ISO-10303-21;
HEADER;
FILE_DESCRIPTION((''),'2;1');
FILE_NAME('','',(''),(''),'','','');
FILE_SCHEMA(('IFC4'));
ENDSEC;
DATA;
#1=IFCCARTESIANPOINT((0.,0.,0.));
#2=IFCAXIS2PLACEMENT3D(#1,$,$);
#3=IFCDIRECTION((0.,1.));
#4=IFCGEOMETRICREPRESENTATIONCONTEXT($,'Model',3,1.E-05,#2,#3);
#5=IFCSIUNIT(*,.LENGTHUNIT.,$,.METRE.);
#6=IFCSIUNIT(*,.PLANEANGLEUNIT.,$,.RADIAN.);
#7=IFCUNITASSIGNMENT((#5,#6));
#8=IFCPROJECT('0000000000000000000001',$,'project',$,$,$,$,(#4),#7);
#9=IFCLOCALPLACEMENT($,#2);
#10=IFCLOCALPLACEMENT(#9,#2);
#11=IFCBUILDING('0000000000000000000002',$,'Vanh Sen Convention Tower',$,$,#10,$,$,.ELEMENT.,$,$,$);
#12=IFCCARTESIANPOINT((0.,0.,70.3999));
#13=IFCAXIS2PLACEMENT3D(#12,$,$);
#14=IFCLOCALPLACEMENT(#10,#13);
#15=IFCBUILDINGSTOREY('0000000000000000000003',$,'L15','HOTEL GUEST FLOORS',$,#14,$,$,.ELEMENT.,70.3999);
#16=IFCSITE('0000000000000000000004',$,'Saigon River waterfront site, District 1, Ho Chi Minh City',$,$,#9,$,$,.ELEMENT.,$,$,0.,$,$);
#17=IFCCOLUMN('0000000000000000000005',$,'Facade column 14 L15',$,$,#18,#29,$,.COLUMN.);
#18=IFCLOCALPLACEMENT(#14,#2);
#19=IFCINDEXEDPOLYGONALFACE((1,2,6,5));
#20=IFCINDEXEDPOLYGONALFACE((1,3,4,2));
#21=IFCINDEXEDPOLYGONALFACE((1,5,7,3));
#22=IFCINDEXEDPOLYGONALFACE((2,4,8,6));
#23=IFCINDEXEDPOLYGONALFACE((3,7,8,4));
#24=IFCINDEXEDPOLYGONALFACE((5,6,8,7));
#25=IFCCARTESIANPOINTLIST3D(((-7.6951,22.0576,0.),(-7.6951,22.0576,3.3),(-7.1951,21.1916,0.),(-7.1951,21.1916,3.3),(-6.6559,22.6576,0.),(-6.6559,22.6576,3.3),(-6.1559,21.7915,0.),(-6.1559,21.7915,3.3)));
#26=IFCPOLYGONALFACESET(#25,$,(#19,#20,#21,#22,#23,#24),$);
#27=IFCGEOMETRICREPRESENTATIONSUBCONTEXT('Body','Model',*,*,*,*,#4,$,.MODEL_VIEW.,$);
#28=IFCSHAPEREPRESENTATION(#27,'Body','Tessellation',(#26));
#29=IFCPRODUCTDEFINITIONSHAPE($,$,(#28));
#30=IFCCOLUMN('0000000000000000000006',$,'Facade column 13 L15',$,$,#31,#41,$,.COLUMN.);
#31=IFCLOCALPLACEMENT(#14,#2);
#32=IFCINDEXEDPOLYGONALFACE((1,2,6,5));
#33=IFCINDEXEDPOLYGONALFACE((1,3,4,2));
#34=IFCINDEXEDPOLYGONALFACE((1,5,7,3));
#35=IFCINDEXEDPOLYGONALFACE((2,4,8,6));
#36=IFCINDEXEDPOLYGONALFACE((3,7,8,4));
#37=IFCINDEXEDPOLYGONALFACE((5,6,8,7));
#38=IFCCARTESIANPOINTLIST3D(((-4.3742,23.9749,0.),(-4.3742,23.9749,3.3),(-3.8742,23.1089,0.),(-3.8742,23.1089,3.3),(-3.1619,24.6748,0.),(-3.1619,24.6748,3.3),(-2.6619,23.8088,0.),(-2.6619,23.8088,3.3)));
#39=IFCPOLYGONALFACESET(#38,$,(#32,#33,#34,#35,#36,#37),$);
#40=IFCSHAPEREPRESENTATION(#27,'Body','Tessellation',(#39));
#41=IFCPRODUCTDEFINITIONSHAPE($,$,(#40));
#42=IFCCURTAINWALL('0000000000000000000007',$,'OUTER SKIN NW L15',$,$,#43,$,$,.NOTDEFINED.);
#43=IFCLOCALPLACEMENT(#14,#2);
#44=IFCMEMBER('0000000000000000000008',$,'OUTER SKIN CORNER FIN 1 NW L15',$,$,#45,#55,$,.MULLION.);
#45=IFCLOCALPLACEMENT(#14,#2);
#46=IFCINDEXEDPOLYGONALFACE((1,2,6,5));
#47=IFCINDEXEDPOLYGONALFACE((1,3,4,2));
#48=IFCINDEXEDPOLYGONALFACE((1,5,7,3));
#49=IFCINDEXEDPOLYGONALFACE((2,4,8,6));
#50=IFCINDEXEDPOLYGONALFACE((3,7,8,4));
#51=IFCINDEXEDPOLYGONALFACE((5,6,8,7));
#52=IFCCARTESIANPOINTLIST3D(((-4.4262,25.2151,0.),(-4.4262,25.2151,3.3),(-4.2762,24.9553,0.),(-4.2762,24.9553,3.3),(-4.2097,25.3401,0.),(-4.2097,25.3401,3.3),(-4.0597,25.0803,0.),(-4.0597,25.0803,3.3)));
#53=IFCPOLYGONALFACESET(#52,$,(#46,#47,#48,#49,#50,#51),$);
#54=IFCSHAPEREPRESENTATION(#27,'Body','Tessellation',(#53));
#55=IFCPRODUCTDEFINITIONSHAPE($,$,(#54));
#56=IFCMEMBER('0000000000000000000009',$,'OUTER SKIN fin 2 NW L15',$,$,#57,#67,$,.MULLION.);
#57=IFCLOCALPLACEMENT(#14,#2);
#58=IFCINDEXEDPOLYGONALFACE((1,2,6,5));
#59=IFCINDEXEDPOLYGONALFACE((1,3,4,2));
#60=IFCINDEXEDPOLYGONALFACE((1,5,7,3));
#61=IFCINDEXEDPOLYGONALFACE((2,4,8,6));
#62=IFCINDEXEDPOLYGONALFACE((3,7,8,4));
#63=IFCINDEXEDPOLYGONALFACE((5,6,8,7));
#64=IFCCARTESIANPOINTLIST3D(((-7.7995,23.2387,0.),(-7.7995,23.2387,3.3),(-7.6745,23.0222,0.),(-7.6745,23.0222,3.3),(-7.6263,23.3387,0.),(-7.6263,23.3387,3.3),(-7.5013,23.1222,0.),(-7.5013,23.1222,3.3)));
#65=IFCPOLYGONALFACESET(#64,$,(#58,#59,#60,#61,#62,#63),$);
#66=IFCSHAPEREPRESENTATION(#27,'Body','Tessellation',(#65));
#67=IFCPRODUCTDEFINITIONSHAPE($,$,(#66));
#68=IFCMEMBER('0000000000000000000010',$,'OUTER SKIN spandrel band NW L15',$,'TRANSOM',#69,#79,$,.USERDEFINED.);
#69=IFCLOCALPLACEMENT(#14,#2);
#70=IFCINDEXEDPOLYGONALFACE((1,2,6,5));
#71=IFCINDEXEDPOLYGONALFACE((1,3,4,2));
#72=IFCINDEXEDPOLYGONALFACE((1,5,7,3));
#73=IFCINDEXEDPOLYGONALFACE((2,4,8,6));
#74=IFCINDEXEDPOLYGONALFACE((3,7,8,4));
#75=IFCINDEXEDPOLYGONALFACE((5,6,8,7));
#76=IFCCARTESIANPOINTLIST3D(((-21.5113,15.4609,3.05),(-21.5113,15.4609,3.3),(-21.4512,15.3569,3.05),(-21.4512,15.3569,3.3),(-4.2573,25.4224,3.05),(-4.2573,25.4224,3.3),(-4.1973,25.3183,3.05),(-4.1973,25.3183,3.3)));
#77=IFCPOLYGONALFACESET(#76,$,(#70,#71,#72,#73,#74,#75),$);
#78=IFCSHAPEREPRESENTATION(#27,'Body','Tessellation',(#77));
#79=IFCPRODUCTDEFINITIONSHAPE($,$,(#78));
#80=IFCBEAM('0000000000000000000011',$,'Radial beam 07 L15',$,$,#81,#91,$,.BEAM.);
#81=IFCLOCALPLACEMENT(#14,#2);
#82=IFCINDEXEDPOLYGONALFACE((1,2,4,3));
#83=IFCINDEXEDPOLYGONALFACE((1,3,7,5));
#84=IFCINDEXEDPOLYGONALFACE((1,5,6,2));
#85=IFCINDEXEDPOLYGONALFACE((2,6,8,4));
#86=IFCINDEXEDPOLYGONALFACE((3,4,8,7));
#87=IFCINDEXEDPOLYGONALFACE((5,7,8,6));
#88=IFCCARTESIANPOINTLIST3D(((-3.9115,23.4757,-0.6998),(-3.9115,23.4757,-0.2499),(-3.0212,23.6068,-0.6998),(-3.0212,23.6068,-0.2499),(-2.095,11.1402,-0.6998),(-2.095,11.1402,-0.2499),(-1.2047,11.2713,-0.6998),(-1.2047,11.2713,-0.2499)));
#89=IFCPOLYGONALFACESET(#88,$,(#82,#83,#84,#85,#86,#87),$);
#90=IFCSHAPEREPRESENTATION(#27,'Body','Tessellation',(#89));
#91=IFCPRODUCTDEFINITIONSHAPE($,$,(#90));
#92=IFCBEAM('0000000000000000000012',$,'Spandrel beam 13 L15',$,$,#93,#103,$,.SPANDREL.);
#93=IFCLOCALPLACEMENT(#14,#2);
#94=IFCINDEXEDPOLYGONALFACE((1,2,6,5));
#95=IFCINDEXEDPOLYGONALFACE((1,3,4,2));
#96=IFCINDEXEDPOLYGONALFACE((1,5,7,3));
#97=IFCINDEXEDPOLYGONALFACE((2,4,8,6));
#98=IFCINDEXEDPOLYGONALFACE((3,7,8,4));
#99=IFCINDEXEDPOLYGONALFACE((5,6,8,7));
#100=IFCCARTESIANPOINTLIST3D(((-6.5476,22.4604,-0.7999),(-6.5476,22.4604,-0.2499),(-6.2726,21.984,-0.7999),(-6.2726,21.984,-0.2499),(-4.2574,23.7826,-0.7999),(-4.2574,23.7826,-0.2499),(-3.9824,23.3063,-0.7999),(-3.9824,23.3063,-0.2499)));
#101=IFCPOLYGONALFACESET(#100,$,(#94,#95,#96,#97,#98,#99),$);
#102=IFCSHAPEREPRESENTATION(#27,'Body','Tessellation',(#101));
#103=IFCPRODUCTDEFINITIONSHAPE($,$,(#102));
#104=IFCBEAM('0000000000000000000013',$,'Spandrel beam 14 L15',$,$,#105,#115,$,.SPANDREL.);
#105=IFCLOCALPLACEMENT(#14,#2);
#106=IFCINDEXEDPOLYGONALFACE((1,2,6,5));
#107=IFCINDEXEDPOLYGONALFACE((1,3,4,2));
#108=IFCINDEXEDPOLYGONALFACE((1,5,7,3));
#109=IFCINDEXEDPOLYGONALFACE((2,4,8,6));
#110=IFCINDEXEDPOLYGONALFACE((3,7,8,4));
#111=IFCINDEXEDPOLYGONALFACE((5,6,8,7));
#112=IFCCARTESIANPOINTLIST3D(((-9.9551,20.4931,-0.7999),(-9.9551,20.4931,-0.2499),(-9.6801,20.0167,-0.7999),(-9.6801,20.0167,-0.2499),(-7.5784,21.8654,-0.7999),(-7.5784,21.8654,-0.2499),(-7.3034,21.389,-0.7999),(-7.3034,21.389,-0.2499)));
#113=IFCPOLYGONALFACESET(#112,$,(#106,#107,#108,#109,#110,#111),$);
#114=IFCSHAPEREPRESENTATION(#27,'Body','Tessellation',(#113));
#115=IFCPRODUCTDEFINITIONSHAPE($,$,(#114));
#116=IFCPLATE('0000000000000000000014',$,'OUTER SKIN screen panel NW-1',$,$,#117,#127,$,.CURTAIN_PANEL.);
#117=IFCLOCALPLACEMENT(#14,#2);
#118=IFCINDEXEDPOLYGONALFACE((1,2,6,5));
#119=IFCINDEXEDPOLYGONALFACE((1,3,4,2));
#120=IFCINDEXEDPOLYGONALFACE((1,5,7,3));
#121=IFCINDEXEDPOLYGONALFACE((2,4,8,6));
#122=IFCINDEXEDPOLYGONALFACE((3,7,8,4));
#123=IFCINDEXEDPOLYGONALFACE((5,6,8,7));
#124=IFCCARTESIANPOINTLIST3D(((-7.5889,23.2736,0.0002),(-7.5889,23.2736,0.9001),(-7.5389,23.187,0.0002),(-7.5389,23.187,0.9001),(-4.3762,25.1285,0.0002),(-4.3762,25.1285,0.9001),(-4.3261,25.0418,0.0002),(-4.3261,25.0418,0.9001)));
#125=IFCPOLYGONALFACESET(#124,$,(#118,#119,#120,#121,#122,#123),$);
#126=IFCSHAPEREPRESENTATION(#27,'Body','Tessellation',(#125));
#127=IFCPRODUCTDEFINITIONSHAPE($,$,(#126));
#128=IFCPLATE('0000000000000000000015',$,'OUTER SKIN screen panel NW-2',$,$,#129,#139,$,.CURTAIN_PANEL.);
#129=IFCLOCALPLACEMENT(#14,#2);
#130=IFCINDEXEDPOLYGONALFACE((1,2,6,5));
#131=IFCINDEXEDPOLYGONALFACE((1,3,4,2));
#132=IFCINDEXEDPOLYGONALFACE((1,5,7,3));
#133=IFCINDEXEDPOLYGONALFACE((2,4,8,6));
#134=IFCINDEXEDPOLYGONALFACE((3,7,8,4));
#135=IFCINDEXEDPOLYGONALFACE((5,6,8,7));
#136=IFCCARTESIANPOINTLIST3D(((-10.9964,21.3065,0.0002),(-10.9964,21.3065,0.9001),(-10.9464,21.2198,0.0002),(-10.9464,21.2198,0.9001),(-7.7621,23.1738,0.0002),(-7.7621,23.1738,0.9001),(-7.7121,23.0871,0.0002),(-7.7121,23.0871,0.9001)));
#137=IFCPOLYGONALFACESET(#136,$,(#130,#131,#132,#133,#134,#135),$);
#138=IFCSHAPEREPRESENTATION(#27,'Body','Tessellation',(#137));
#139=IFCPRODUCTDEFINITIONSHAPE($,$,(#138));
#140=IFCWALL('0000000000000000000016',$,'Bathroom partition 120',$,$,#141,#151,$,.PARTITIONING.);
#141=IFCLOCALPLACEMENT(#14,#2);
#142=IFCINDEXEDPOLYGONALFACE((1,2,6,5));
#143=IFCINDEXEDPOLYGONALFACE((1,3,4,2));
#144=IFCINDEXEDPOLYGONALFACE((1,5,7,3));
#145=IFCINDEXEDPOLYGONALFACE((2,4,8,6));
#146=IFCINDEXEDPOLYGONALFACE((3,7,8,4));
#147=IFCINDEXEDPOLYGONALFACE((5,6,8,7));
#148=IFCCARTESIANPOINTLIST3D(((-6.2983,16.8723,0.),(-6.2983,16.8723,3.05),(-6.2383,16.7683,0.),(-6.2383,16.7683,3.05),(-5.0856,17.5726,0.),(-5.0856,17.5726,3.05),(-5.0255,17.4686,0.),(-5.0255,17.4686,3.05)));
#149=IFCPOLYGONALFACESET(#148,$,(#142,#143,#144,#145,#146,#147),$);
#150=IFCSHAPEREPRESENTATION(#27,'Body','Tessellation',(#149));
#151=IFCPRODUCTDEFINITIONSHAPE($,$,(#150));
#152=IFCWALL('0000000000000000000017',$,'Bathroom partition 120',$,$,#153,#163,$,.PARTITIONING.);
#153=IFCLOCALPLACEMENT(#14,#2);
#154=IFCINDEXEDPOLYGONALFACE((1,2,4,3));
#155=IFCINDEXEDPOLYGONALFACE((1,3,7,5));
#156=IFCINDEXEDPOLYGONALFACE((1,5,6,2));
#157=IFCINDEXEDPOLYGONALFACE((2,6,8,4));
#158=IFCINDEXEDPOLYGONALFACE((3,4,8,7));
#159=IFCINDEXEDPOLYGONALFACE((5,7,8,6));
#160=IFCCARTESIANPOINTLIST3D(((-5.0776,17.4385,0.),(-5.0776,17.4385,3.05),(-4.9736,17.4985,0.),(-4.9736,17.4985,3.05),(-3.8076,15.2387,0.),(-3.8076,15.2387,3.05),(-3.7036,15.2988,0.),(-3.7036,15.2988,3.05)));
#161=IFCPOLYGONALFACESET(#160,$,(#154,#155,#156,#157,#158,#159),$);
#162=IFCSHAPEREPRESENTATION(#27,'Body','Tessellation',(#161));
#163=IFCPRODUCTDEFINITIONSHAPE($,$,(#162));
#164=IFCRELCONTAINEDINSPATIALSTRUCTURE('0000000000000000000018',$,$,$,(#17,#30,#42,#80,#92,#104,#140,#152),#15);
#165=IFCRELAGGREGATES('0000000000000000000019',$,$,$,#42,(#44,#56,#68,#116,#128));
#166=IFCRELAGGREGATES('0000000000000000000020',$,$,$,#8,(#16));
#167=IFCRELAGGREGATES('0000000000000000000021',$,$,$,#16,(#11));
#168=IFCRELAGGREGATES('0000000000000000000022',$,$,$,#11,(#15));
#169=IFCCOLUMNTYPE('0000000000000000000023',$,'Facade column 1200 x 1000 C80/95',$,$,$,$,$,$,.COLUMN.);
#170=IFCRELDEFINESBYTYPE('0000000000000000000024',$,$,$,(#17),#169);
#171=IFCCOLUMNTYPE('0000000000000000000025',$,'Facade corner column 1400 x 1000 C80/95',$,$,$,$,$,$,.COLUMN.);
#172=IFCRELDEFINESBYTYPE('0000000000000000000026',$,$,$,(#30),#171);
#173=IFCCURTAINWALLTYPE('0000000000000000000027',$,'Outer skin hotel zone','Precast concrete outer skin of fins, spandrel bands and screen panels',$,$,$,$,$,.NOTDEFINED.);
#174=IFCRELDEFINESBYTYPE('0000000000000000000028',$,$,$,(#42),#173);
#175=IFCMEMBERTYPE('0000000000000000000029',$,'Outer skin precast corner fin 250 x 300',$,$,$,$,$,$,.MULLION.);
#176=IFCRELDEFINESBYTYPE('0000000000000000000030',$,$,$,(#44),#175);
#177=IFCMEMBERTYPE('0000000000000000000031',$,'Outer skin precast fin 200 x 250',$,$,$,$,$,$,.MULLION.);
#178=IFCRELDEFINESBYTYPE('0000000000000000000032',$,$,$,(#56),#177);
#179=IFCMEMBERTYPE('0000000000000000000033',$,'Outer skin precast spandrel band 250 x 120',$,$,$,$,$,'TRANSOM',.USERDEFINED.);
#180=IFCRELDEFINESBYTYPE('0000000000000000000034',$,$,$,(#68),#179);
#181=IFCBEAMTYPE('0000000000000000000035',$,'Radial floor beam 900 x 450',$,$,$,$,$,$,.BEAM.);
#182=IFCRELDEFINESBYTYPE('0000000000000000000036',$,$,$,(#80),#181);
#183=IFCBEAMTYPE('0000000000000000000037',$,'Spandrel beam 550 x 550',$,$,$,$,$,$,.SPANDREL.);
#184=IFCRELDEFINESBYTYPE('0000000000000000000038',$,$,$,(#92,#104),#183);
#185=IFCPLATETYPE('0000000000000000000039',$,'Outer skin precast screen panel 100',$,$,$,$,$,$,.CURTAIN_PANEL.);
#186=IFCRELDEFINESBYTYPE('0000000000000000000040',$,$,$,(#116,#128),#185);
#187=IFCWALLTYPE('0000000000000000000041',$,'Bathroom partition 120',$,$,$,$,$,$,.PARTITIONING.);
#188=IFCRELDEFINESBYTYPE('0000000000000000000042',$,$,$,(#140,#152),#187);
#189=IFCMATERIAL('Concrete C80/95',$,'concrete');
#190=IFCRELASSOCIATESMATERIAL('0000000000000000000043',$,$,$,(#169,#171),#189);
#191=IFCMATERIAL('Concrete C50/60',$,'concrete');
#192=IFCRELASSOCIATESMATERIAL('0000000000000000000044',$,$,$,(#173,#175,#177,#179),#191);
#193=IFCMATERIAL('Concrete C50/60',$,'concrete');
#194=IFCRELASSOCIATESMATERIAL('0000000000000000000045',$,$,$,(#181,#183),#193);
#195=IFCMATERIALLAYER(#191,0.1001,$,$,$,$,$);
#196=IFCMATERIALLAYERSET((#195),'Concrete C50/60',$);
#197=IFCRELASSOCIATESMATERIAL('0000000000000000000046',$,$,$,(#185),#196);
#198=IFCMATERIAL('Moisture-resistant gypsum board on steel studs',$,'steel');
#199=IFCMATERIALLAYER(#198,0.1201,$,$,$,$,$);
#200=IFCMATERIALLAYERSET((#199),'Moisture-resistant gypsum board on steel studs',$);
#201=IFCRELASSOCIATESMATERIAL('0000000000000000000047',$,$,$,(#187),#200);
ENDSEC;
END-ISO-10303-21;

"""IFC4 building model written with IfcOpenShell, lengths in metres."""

from ifc_helpers import new_model, si_unit, direction, frame, frame_2d, origin, origin_2d, place, context, subcontext, project, spatial, rectangle, extrude, material, layer, layer_set, material_profile, profile_set, type_object, element, aggregate, save


model = new_model("IFC4")

# Units and contexts
model_context = context("Model", 3, precision=1e-05, world=origin(), true_north=direction((0.0, 1.0)))
body_context = subcontext(model_context, "Body", "Model", "MODEL_VIEW")
ifc_project = project(units=[si_unit("LENGTHUNIT", "METRE"), si_unit("PLANEANGLEUNIT", "RADIAN")], contexts=[model_context])

# Site, building, storey
site_placement = place(None, origin())
site = spatial("IfcSite", under=ifc_project, at=site_placement, Name="Saigon River waterfront site, District 1, Ho Chi Minh City", CompositionType="ELEMENT", RefElevation=0.0)
building_placement = place(site_placement, origin())
building = spatial("IfcBuilding", under=site, at=building_placement, Name="Vanh Sen Convention Tower", CompositionType="ELEMENT")
storey_placement = place(building_placement, frame((0.0, 0.0, 70.3999)))
storey = spatial("IfcBuildingStorey", under=building, at=storey_placement, Name="L15", Description="HOTEL GUEST FLOORS", CompositionType="ELEMENT", Elevation=70.3999)

# Columns
ifc_material_1 = material(Name="Concrete C80/95", Category="concrete")
ifc_material_profile_1 = material_profile(ifc_material_1, rectangle(XDim=1.2, YDim=1.0, at=origin_2d()), Name="RC 1200X1000")
ifc_profile_set_1 = profile_set([ifc_material_profile_1], Name="Concrete C80/95")
column_type_1 = type_object("IfcColumnType", Name="Facade column 1200 x 1000 C80/95", PredefinedType="COLUMN", material=ifc_profile_set_1)
column_1_placement = place(storey_placement, frame((-6.9255, 21.9246, 0.0), z_axis=(0.0, 0.0, 1.0), x_axis=(-0.866025, -0.5, 0.0)))
element("IfcColumn", 1, at=column_1_placement, inside=storey, type_object=column_type_1, Name="Facade column 14 L15", PredefinedType="COLUMN", context=body_context, shape_type="SweptSolid", body=[
    extrude(rectangle(XDim=1.2, YDim=1.0, at=origin_2d()), origin(), (0.0, 0.0, 1.0), 3.3),
])
ifc_material_profile_2 = material_profile(ifc_material_1, rectangle(XDim=1.3999, YDim=1.0, at=origin_2d()), Name="RC 1400X1000")
ifc_profile_set_2 = profile_set([ifc_material_profile_2], Name="Concrete C80/95")
column_type_2 = type_object("IfcColumnType", Name="Facade corner column 1400 x 1000 C80/95", PredefinedType="COLUMN", material=ifc_profile_set_2)
column_2_placement = place(storey_placement, frame((-3.5181, 23.8918, 0.0), z_axis=(0.0, 0.0, 1.0), x_axis=(-0.866025, -0.5, 0.0)))
element("IfcColumn", 2, at=column_2_placement, inside=storey, type_object=column_type_2, Name="Facade column 13 L15", PredefinedType="COLUMN", context=body_context, shape_type="SweptSolid", body=[
    extrude(rectangle(XDim=1.3999, YDim=1.0, at=origin_2d()), origin(), (0.0, 0.0, 1.0), 3.3),
])

# Curtain wall, members
ifc_material_2 = material(Name="Concrete C50/60", Category="concrete")
curtain_wall_type = type_object("IfcCurtainWallType", Name="Outer skin hotel zone", Description="Precast concrete outer skin of fins, spandrel bands and screen panels", PredefinedType="NOTDEFINED", material=ifc_material_2)
curtain_wall_placement = place(storey_placement, origin())
curtain_wall = element("IfcCurtainWall", 3, at=curtain_wall_placement, inside=storey, type_object=curtain_wall_type, Name="OUTER SKIN NW L15", PredefinedType="NOTDEFINED")
ifc_material_profile_3 = material_profile(ifc_material_2, rectangle(XDim=0.25, YDim=0.3, at=origin_2d()), Name="Outer skin precast corner fin 250 x 300")
ifc_profile_set_3 = profile_set([ifc_material_profile_3], Name="Concrete C50/60")
member_type_1 = type_object("IfcMemberType", Name="Outer skin precast corner fin 250 x 300", PredefinedType="MULLION", material=ifc_profile_set_3)
member_1_placement = place(storey_placement, frame((-4.2429, 25.1477, 0.0), z_axis=(0.0, 0.0, 1.0), x_axis=(-0.866025, -0.5, 0.0)))
member_1 = element("IfcMember", 4, at=member_1_placement, type_object=member_type_1, Name="OUTER SKIN CORNER FIN 1 NW L15", PredefinedType="MULLION", context=body_context, shape_type="SweptSolid", body=[
    extrude(rectangle(XDim=0.25, YDim=0.3, at=origin_2d()), origin(), (0.0, 0.0, 1.0), 3.3),
])
ifc_material_profile_4 = material_profile(ifc_material_2, rectangle(XDim=0.2, YDim=0.25, at=origin_2d()), Name="Outer skin precast fin 200 x 250")
ifc_profile_set_4 = profile_set([ifc_material_profile_4], Name="Concrete C50/60")
member_type_2 = type_object("IfcMemberType", Name="Outer skin precast fin 200 x 250", PredefinedType="MULLION", material=ifc_profile_set_4)
member_2_placement = place(storey_placement, frame((-7.6504, 23.1804, 0.0), z_axis=(0.0, 0.0, 1.0), x_axis=(-0.866025, -0.5, 0.0)))
member_2 = element("IfcMember", 5, at=member_2_placement, type_object=member_type_2, Name="OUTER SKIN fin 2 NW L15", PredefinedType="MULLION", context=body_context, shape_type="SweptSolid", body=[
    extrude(rectangle(XDim=0.2, YDim=0.25, at=origin_2d()), origin(), (0.0, 0.0, 1.0), 3.3),
])
ifc_material_profile_5 = material_profile(ifc_material_2, rectangle(XDim=0.1201, YDim=0.25, at=origin_2d()), Name="Outer skin precast spandrel band 250 x 120")
ifc_profile_set_5 = profile_set([ifc_material_profile_5], Name="Concrete C50/60")
member_type_3 = type_object("IfcMemberType", Name="Outer skin precast spandrel band 250 x 120", ElementType="TRANSOM", PredefinedType="USERDEFINED", material=ifc_profile_set_5)
member_3_placement = place(storey_placement, frame((-4.2273, 25.3704, 3.175), z_axis=(-0.866028, -0.499995, 0.0), x_axis=(0.499995, -0.866028, 0.0)))
member_3 = element("IfcMember", 6, at=member_3_placement, type_object=member_type_3, Name="OUTER SKIN spandrel band NW L15", ObjectType="TRANSOM", PredefinedType="USERDEFINED", context=body_context, shape_type="SweptSolid", body=[
    extrude(rectangle(XDim=0.1201, YDim=0.25, at=origin_2d()), origin(), (0.0, 0.0, 1.0), 19.9231),
])

# Beams
ifc_material_3 = material(Name="Concrete C50/60", Category="concrete")
ifc_material_profile_6 = material_profile(ifc_material_3, rectangle(XDim=0.8999, YDim=0.45, at=origin_2d()), Name="RC 900X450")
ifc_profile_set_6 = profile_set([ifc_material_profile_6], Name="Concrete C50/60")
beam_type_1 = type_object("IfcBeamType", Name="Radial floor beam 900 x 450", PredefinedType="BEAM", material=ifc_profile_set_6)
beam_1_placement = place(storey_placement, frame((-3.4663, 23.5413, -0.4749), z_axis=(0.14568, -0.989332, 0.0), x_axis=(0.989332, 0.14568, 0.0)))
element("IfcBeam", 7, at=beam_1_placement, inside=storey, type_object=beam_type_1, Name="Radial beam 07 L15", PredefinedType="BEAM", context=body_context, shape_type="SweptSolid", body=[
    extrude(rectangle(XDim=0.8999, YDim=0.45, at=origin_2d()), origin(), (0.0, 0.0, 1.0), 12.4685),
])
ifc_material_profile_7 = material_profile(ifc_material_3, rectangle(XDim=0.55, YDim=0.55, at=origin_2d()), Name="RC 550X550")
ifc_profile_set_7 = profile_set([ifc_material_profile_7], Name="Concrete C50/60")
beam_type_2 = type_object("IfcBeamType", Name="Spandrel beam 550 x 550", PredefinedType="SPANDREL", material=ifc_profile_set_7)
beam_2_placement = place(storey_placement, frame((-4.1199, 23.5444, -0.5249), z_axis=(-0.86603, -0.499991, 0.0), x_axis=(0.499991, -0.86603, 0.0)))
element("IfcBeam", 8, at=beam_2_placement, inside=storey, type_object=beam_type_2, Name="Spandrel beam 13 L15", PredefinedType="SPANDREL", context=body_context, shape_type="SweptSolid", body=[
    extrude(rectangle(XDim=0.55, YDim=0.55, at=origin_2d()), origin(), (0.0, 0.0, 1.0), 2.6445),
])
beam_3_placement = place(storey_placement, frame((-7.4409, 21.6272, -0.5249), z_axis=(-0.866006, -0.500033, 0.0), x_axis=(0.500033, -0.866006, 0.0)))
element("IfcBeam", 9, at=beam_3_placement, inside=storey, type_object=beam_type_2, Name="Spandrel beam 14 L15", PredefinedType="SPANDREL", context=body_context, shape_type="SweptSolid", body=[
    extrude(rectangle(XDim=0.55, YDim=0.55, at=origin_2d()), origin(), (0.0, 0.0, 1.0), 2.7444),
])

# Plates
ifc_layer_1 = layer(ifc_material_2, 0.1001)
ifc_layer_set_1 = layer_set([ifc_layer_1], Name="Concrete C50/60")
plate_type = type_object("IfcPlateType", Name="Outer skin precast screen panel 100", PredefinedType="CURTAIN_PANEL", material=ifc_layer_set_1)
plate_1_placement = place(storey_placement, frame((-5.9575, 24.1577, 0.0002), z_axis=(0.0, 0.0, 1.0), x_axis=(-0.866028, -0.499995, 0.0)))
plate_1 = element("IfcPlate", 10, at=plate_1_placement, type_object=plate_type, Name="OUTER SKIN screen panel NW-1", PredefinedType="CURTAIN_PANEL", context=body_context, shape_type="SweptSolid", body=[
    extrude(rectangle(XDim=3.7097, YDim=0.1001, at=origin_2d()), origin(), (0.0, 0.0, 1.0), 0.8999),
])
plate_2_placement = place(storey_placement, frame((-9.3542, 22.1968, 0.0002), z_axis=(0.0, 0.0, 1.0), x_axis=(-0.866021, -0.500008, 0.0)))
plate_2 = element("IfcPlate", 11, at=plate_2_placement, type_object=plate_type, Name="OUTER SKIN screen panel NW-2", PredefinedType="CURTAIN_PANEL", context=body_context, shape_type="SweptSolid", body=[
    extrude(rectangle(XDim=3.7346, YDim=0.1001, at=origin_2d()), origin(), (0.0, 0.0, 1.0), 0.8999),
])
aggregate(curtain_wall, [member_1, member_2, member_3, plate_1, plate_2])

# Walls
ifc_material_4 = material(Name="Moisture-resistant gypsum board on steel studs", Category="steel")
ifc_layer_2 = layer(ifc_material_4, 0.1201)
ifc_layer_set_2 = layer_set([ifc_layer_2], Name="Moisture-resistant gypsum board on steel studs")
wall_type_1 = type_object("IfcWallType", Name="Bathroom partition 120", PredefinedType="PARTITIONING", material=ifc_layer_set_2)
wall_1_placement = place(storey_placement, frame((-6.2683, 16.8203, 0.0), z_axis=(0.0, 0.0, 1.0), x_axis=(0.866003, 0.500039, 0.0)))
element("IfcWall", 12, at=wall_1_placement, inside=storey, type_object=wall_type_1, Name="Bathroom partition 120", PredefinedType="PARTITIONING", context=body_context, shape_type="SweptSolid", body=[
    extrude(rectangle(XDim=1.4004, YDim=0.1201, at=frame_2d((0.7002, 0.0))), origin(), (0.0, 0.0, 1.0), 3.05),
])
wall_2_placement = place(storey_placement, frame((-5.0256, 17.4685, 0.0), z_axis=(0.0, 0.0, 1.0), x_axis=(0.500005, -0.866022, 0.0)))
element("IfcWall", 13, at=wall_2_placement, inside=storey, type_object=wall_type_1, Name="Bathroom partition 120", PredefinedType="PARTITIONING", context=body_context, shape_type="SweptSolid", body=[
    extrude(rectangle(XDim=2.54, YDim=0.1201, at=frame_2d((1.27, 0.0))), origin(), (0.0, 0.0, 1.0), 3.05),
])

save(model, "model.ifc")
